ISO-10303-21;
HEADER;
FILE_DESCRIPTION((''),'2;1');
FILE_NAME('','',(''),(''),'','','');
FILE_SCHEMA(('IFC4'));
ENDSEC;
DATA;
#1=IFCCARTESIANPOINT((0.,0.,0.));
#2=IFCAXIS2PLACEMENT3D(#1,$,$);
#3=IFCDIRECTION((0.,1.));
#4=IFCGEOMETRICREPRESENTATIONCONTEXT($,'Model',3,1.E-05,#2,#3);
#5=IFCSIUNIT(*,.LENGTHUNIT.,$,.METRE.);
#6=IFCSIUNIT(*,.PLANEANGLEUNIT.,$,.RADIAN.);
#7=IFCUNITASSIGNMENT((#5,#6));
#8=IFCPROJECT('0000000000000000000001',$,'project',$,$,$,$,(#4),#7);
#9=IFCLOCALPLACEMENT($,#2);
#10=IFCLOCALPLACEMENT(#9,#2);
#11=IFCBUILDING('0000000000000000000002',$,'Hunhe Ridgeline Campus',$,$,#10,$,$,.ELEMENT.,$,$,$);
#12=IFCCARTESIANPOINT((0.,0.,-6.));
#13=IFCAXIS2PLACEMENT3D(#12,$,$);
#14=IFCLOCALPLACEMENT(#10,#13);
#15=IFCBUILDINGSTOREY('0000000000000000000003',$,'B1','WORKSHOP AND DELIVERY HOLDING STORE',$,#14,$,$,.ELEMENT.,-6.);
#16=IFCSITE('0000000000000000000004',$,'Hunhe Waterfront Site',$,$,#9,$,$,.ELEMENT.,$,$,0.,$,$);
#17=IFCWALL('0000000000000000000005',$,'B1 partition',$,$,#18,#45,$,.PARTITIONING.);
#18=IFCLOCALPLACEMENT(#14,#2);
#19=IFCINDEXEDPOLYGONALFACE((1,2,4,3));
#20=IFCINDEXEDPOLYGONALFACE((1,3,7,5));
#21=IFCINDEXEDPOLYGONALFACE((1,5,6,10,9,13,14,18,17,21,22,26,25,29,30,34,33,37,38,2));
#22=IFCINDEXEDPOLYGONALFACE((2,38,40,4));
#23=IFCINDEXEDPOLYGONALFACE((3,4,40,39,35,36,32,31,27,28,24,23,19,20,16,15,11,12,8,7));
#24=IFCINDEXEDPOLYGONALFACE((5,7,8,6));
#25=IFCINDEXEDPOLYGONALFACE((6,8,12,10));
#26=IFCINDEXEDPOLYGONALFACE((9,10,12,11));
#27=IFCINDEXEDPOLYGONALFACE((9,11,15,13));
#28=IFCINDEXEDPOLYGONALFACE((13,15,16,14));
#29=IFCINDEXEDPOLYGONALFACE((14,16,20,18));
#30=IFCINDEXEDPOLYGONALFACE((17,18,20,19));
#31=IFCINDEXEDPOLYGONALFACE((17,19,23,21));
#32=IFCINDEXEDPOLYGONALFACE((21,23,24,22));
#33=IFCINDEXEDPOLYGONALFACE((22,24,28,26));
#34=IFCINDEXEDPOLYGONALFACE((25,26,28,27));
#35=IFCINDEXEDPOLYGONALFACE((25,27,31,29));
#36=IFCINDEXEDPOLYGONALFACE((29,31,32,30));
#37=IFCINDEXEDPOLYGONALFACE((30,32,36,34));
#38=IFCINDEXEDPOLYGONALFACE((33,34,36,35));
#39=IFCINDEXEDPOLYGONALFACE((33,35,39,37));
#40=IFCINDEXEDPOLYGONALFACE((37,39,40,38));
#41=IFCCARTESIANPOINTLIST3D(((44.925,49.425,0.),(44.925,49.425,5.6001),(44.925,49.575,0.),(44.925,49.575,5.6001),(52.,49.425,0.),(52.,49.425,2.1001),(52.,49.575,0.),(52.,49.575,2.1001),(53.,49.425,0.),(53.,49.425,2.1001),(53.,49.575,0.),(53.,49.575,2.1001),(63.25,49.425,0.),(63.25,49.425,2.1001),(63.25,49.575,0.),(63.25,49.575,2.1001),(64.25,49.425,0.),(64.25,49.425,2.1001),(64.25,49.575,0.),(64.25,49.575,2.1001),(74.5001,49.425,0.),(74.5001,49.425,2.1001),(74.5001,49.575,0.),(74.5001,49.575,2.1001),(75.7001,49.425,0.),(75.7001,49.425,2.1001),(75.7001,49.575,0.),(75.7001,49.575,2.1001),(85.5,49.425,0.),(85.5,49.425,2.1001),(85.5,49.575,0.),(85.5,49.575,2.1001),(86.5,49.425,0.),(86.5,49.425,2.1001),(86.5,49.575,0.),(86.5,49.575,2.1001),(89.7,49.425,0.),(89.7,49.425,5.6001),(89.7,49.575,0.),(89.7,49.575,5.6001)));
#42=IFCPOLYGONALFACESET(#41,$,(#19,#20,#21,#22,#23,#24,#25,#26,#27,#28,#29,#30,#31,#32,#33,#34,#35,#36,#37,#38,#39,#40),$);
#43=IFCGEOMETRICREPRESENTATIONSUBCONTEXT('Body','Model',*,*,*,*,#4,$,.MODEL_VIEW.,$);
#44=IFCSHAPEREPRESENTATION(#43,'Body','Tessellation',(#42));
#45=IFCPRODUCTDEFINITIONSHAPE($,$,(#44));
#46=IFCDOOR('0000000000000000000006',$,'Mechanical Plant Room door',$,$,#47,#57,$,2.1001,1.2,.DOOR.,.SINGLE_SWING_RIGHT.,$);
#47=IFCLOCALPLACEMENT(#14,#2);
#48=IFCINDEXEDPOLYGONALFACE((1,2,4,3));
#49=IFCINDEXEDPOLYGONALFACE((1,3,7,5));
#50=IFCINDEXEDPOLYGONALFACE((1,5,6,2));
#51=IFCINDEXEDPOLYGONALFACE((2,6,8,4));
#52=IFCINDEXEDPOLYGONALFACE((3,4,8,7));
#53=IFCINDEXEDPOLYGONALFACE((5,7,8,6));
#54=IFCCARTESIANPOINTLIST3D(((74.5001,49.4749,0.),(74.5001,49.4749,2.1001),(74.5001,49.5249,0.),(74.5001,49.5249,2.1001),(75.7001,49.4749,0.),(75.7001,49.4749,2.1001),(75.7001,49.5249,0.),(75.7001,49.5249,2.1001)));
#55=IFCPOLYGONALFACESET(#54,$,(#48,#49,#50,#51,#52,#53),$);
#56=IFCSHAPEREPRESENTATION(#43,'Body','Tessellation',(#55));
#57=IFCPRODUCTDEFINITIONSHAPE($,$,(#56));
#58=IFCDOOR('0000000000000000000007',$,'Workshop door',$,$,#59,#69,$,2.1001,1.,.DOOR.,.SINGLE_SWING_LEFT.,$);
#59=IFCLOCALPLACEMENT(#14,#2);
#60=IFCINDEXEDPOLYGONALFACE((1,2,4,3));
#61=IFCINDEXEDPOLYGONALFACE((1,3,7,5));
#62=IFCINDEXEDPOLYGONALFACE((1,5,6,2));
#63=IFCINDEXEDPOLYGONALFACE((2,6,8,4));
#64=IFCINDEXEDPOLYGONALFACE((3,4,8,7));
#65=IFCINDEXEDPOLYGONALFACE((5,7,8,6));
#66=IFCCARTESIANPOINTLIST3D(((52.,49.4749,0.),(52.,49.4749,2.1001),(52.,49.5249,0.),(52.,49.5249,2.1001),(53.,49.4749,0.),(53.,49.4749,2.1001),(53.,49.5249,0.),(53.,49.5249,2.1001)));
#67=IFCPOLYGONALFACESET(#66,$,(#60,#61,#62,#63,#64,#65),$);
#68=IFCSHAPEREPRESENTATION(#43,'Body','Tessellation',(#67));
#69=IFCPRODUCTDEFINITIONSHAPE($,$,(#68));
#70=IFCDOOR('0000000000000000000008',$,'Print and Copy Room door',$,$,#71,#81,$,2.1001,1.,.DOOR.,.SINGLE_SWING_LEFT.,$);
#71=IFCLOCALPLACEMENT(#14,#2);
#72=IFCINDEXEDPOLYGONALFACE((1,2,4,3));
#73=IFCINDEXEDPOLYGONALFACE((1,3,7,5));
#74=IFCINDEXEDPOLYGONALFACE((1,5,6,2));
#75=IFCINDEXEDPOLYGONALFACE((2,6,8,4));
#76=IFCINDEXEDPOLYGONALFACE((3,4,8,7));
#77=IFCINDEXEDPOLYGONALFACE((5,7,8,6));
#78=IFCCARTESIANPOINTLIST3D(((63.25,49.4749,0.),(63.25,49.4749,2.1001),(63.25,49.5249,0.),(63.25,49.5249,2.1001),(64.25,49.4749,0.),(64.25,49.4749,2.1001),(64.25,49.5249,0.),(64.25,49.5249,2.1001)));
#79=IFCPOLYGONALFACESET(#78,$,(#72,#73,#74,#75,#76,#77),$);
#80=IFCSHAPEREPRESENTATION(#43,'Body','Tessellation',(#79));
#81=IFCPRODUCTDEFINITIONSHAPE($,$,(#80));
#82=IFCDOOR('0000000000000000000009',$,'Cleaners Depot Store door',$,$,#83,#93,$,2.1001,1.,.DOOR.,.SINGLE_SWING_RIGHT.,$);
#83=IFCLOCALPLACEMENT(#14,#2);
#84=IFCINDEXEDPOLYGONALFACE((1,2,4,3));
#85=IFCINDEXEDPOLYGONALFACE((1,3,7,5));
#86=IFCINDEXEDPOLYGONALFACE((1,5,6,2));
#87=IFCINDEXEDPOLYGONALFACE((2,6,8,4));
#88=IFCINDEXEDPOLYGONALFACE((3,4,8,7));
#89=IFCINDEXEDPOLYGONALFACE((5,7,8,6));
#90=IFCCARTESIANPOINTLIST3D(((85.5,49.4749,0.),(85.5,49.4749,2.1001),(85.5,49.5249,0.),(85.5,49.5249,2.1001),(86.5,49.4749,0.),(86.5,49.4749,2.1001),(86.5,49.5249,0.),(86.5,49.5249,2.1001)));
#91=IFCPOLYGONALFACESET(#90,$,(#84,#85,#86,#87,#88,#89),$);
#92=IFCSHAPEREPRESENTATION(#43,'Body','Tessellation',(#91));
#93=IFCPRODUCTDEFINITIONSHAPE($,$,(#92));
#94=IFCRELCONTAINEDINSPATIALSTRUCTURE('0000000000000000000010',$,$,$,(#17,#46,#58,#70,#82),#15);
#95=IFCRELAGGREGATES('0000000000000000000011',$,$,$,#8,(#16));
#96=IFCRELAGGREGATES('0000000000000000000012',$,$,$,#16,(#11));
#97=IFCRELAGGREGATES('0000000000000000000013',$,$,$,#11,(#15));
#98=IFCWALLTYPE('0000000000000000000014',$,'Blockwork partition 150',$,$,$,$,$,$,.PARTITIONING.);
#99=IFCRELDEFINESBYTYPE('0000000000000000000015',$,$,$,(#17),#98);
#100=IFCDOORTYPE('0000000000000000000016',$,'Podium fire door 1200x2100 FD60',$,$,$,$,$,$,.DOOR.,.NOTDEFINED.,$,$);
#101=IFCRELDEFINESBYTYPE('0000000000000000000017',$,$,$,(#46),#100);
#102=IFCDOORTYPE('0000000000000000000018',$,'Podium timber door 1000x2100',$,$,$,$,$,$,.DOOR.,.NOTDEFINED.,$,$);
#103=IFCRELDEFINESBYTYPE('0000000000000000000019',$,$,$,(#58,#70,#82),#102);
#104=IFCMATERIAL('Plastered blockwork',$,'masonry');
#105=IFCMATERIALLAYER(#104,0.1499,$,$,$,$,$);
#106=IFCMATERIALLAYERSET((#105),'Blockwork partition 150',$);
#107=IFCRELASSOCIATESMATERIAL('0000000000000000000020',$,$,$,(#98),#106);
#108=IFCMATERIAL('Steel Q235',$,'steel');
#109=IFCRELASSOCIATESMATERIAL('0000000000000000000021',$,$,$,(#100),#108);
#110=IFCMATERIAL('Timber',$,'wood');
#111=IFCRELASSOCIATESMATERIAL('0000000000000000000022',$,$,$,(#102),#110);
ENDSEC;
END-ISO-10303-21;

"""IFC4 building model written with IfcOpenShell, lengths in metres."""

from ifc_helpers import new_model, si_unit, direction, frame, frame_2d, origin, place, context, subcontext, project, spatial, rectangle, extrude, material, layer, layer_set, type_object, element, fill, save


model = new_model("IFC4")

# Units and contexts
model_context = context("Model", 3, precision=1e-05, world=origin(), true_north=direction((0.0, 1.0)))
body_context = subcontext(model_context, "Body", "Model", "MODEL_VIEW")
ifc_project = project(units=[si_unit("LENGTHUNIT", "METRE"), si_unit("PLANEANGLEUNIT", "RADIAN")], contexts=[model_context])

# Site, building, storey
site_placement = place(None, origin())
site = spatial("IfcSite", under=ifc_project, at=site_placement, Name="Hunhe Waterfront Site", CompositionType="ELEMENT", RefElevation=0.0)
building_placement = place(site_placement, origin())
building = spatial("IfcBuilding", under=site, at=building_placement, Name="Hunhe Ridgeline Campus", CompositionType="ELEMENT")
storey_placement = place(building_placement, frame((0.0, 0.0, -6.0)))
storey = spatial("IfcBuildingStorey", under=building, at=storey_placement, Name="B1", Description="WORKSHOP AND DELIVERY HOLDING STORE", CompositionType="ELEMENT", Elevation=-6.0)

# Shared definitions
ifc_material_1 = material(Name="Plastered blockwork", Category="masonry")
ifc_layer = layer(ifc_material_1, 0.1499)
ifc_layer_set = layer_set([ifc_layer], Name="Blockwork partition 150")
wall_type = type_object("IfcWallType", Name="Blockwork partition 150", PredefinedType="PARTITIONING", material=ifc_layer_set)

# Wall, openings, doors
wall_1_placement = place(storey_placement, frame((44.925, 49.5, 0.0), z_axis=(0.0, 0.0, 1.0), x_axis=(1.0, 0.0, 0.0)))
wall_1 = element("IfcWall", 1, at=wall_1_placement, inside=storey, type_object=wall_type, Name="B1 partition", PredefinedType="PARTITIONING", context=body_context, shape_type="SweptSolid", body=[
    extrude(rectangle(XDim=44.7749, YDim=0.1499, at=frame_2d((22.3875, 0.0))), origin(), (0.0, 0.0, 1.0), 5.6001),
])
opening_1_placement = place(wall_1_placement, frame((7.075, 0.0, 0.0)))
opening_1 = element("IfcOpeningElement", 2, at=opening_1_placement, cuts=wall_1, PredefinedType="OPENING", context=body_context, shape_type="SweptSolid", body=[
    extrude(rectangle(XDim=1.0, YDim=2.1001, at=frame_2d((0.5, 1.05))), frame((0.0, 0.075, 0.0), z_axis=(0.0, -1.0, 0.0), x_axis=(1.0, 0.0, 0.0)), (0.0, 0.0, 1.0), 0.1499),
])
opening_2_placement = place(wall_1_placement, frame((18.325, 0.0, 0.0)))
opening_2 = element("IfcOpeningElement", 3, at=opening_2_placement, cuts=wall_1, PredefinedType="OPENING", context=body_context, shape_type="SweptSolid", body=[
    extrude(rectangle(XDim=1.0, YDim=2.1001, at=frame_2d((0.5, 1.05))), frame((0.0, 0.075, 0.0), z_axis=(0.0, -1.0, 0.0), x_axis=(1.0, 0.0, 0.0)), (0.0, 0.0, 1.0), 0.1499),
])
opening_3_placement = place(wall_1_placement, frame((29.575, 0.0, 0.0)))
opening_3 = element("IfcOpeningElement", 4, at=opening_3_placement, cuts=wall_1, PredefinedType="OPENING", context=body_context, shape_type="SweptSolid", body=[
    extrude(rectangle(XDim=1.2, YDim=2.1001, at=frame_2d((0.6001, 1.05))), frame((0.0, 0.075, 0.0), z_axis=(0.0, -1.0, 0.0), x_axis=(1.0, 0.0, 0.0)), (0.0, 0.0, 1.0), 0.1499),
])
opening_4_placement = place(wall_1_placement, frame((40.575, 0.0, 0.0)))
opening_4 = element("IfcOpeningElement", 5, at=opening_4_placement, cuts=wall_1, PredefinedType="OPENING", context=body_context, shape_type="SweptSolid", body=[
    extrude(rectangle(XDim=1.0, YDim=2.1001, at=frame_2d((0.5, 1.05))), frame((0.0, 0.075, 0.0), z_axis=(0.0, -1.0, 0.0), x_axis=(1.0, 0.0, 0.0)), (0.0, 0.0, 1.0), 0.1499),
])
ifc_material_2 = material(Name="Steel Q235", Category="steel")
door_type_1 = type_object("IfcDoorType", Name="Podium fire door 1200x2100 FD60", OperationType="NOTDEFINED", PredefinedType="DOOR", material=ifc_material_2)
door_1_placement = place(opening_3_placement, origin())
door_1 = element("IfcDoor", 6, at=door_1_placement, inside=storey, type_object=door_type_1, Name="Mechanical Plant Room door", OperationType="SINGLE_SWING_RIGHT", OverallHeight=2.1001, OverallWidth=1.2, PredefinedType="DOOR", context=body_context, shape_type="SweptSolid", body=[
    extrude(rectangle(XDim=1.2, YDim=2.1001, at=frame_2d((0.6001, 1.05))), frame((0.0, 0.0249, 0.0), z_axis=(0.0, -1.0, 0.0), x_axis=(1.0, 0.0, 0.0)), (0.0, 0.0, 1.0), 0.05),
])
fill(opening_3, door_1)
ifc_material_3 = material(Name="Timber", Category="wood")
door_type_2 = type_object("IfcDoorType", Name="Podium timber door 1000x2100", OperationType="NOTDEFINED", PredefinedType="DOOR", material=ifc_material_3)
door_2_placement = place(opening_1_placement, origin())
door_2 = element("IfcDoor", 7, at=door_2_placement, inside=storey, type_object=door_type_2, Name="Workshop door", OperationType="SINGLE_SWING_LEFT", OverallHeight=2.1001, OverallWidth=1.0, PredefinedType="DOOR", context=body_context, shape_type="SweptSolid", body=[
    extrude(rectangle(XDim=1.0, YDim=2.1001, at=frame_2d((0.5, 1.05))), frame((0.0, 0.0249, 0.0), z_axis=(0.0, -1.0, 0.0), x_axis=(1.0, 0.0, 0.0)), (0.0, 0.0, 1.0), 0.05),
])
fill(opening_1, door_2)
door_3_placement = place(opening_2_placement, origin())
door_3 = element("IfcDoor", 8, at=door_3_placement, inside=storey, type_object=door_type_2, Name="Print and Copy Room door", OperationType="SINGLE_SWING_LEFT", OverallHeight=2.1001, OverallWidth=1.0, PredefinedType="DOOR", context=body_context, shape_type="SweptSolid", body=[
    extrude(rectangle(XDim=1.0, YDim=2.1001, at=frame_2d((0.5, 1.05))), frame((0.0, 0.0249, 0.0), z_axis=(0.0, -1.0, 0.0), x_axis=(1.0, 0.0, 0.0)), (0.0, 0.0, 1.0), 0.05),
])
fill(opening_2, door_3)
door_4_placement = place(opening_4_placement, origin())
door_4 = element("IfcDoor", 9, at=door_4_placement, inside=storey, type_object=door_type_2, Name="Cleaners Depot Store door", OperationType="SINGLE_SWING_RIGHT", OverallHeight=2.1001, OverallWidth=1.0, PredefinedType="DOOR", context=body_context, shape_type="SweptSolid", body=[
    extrude(rectangle(XDim=1.0, YDim=2.1001, at=frame_2d((0.5, 1.05))), frame((0.0, 0.0249, 0.0), z_axis=(0.0, -1.0, 0.0), x_axis=(1.0, 0.0, 0.0)), (0.0, 0.0, 1.0), 0.05),
])
fill(opening_4, door_4)

save(model, "model.ifc")
